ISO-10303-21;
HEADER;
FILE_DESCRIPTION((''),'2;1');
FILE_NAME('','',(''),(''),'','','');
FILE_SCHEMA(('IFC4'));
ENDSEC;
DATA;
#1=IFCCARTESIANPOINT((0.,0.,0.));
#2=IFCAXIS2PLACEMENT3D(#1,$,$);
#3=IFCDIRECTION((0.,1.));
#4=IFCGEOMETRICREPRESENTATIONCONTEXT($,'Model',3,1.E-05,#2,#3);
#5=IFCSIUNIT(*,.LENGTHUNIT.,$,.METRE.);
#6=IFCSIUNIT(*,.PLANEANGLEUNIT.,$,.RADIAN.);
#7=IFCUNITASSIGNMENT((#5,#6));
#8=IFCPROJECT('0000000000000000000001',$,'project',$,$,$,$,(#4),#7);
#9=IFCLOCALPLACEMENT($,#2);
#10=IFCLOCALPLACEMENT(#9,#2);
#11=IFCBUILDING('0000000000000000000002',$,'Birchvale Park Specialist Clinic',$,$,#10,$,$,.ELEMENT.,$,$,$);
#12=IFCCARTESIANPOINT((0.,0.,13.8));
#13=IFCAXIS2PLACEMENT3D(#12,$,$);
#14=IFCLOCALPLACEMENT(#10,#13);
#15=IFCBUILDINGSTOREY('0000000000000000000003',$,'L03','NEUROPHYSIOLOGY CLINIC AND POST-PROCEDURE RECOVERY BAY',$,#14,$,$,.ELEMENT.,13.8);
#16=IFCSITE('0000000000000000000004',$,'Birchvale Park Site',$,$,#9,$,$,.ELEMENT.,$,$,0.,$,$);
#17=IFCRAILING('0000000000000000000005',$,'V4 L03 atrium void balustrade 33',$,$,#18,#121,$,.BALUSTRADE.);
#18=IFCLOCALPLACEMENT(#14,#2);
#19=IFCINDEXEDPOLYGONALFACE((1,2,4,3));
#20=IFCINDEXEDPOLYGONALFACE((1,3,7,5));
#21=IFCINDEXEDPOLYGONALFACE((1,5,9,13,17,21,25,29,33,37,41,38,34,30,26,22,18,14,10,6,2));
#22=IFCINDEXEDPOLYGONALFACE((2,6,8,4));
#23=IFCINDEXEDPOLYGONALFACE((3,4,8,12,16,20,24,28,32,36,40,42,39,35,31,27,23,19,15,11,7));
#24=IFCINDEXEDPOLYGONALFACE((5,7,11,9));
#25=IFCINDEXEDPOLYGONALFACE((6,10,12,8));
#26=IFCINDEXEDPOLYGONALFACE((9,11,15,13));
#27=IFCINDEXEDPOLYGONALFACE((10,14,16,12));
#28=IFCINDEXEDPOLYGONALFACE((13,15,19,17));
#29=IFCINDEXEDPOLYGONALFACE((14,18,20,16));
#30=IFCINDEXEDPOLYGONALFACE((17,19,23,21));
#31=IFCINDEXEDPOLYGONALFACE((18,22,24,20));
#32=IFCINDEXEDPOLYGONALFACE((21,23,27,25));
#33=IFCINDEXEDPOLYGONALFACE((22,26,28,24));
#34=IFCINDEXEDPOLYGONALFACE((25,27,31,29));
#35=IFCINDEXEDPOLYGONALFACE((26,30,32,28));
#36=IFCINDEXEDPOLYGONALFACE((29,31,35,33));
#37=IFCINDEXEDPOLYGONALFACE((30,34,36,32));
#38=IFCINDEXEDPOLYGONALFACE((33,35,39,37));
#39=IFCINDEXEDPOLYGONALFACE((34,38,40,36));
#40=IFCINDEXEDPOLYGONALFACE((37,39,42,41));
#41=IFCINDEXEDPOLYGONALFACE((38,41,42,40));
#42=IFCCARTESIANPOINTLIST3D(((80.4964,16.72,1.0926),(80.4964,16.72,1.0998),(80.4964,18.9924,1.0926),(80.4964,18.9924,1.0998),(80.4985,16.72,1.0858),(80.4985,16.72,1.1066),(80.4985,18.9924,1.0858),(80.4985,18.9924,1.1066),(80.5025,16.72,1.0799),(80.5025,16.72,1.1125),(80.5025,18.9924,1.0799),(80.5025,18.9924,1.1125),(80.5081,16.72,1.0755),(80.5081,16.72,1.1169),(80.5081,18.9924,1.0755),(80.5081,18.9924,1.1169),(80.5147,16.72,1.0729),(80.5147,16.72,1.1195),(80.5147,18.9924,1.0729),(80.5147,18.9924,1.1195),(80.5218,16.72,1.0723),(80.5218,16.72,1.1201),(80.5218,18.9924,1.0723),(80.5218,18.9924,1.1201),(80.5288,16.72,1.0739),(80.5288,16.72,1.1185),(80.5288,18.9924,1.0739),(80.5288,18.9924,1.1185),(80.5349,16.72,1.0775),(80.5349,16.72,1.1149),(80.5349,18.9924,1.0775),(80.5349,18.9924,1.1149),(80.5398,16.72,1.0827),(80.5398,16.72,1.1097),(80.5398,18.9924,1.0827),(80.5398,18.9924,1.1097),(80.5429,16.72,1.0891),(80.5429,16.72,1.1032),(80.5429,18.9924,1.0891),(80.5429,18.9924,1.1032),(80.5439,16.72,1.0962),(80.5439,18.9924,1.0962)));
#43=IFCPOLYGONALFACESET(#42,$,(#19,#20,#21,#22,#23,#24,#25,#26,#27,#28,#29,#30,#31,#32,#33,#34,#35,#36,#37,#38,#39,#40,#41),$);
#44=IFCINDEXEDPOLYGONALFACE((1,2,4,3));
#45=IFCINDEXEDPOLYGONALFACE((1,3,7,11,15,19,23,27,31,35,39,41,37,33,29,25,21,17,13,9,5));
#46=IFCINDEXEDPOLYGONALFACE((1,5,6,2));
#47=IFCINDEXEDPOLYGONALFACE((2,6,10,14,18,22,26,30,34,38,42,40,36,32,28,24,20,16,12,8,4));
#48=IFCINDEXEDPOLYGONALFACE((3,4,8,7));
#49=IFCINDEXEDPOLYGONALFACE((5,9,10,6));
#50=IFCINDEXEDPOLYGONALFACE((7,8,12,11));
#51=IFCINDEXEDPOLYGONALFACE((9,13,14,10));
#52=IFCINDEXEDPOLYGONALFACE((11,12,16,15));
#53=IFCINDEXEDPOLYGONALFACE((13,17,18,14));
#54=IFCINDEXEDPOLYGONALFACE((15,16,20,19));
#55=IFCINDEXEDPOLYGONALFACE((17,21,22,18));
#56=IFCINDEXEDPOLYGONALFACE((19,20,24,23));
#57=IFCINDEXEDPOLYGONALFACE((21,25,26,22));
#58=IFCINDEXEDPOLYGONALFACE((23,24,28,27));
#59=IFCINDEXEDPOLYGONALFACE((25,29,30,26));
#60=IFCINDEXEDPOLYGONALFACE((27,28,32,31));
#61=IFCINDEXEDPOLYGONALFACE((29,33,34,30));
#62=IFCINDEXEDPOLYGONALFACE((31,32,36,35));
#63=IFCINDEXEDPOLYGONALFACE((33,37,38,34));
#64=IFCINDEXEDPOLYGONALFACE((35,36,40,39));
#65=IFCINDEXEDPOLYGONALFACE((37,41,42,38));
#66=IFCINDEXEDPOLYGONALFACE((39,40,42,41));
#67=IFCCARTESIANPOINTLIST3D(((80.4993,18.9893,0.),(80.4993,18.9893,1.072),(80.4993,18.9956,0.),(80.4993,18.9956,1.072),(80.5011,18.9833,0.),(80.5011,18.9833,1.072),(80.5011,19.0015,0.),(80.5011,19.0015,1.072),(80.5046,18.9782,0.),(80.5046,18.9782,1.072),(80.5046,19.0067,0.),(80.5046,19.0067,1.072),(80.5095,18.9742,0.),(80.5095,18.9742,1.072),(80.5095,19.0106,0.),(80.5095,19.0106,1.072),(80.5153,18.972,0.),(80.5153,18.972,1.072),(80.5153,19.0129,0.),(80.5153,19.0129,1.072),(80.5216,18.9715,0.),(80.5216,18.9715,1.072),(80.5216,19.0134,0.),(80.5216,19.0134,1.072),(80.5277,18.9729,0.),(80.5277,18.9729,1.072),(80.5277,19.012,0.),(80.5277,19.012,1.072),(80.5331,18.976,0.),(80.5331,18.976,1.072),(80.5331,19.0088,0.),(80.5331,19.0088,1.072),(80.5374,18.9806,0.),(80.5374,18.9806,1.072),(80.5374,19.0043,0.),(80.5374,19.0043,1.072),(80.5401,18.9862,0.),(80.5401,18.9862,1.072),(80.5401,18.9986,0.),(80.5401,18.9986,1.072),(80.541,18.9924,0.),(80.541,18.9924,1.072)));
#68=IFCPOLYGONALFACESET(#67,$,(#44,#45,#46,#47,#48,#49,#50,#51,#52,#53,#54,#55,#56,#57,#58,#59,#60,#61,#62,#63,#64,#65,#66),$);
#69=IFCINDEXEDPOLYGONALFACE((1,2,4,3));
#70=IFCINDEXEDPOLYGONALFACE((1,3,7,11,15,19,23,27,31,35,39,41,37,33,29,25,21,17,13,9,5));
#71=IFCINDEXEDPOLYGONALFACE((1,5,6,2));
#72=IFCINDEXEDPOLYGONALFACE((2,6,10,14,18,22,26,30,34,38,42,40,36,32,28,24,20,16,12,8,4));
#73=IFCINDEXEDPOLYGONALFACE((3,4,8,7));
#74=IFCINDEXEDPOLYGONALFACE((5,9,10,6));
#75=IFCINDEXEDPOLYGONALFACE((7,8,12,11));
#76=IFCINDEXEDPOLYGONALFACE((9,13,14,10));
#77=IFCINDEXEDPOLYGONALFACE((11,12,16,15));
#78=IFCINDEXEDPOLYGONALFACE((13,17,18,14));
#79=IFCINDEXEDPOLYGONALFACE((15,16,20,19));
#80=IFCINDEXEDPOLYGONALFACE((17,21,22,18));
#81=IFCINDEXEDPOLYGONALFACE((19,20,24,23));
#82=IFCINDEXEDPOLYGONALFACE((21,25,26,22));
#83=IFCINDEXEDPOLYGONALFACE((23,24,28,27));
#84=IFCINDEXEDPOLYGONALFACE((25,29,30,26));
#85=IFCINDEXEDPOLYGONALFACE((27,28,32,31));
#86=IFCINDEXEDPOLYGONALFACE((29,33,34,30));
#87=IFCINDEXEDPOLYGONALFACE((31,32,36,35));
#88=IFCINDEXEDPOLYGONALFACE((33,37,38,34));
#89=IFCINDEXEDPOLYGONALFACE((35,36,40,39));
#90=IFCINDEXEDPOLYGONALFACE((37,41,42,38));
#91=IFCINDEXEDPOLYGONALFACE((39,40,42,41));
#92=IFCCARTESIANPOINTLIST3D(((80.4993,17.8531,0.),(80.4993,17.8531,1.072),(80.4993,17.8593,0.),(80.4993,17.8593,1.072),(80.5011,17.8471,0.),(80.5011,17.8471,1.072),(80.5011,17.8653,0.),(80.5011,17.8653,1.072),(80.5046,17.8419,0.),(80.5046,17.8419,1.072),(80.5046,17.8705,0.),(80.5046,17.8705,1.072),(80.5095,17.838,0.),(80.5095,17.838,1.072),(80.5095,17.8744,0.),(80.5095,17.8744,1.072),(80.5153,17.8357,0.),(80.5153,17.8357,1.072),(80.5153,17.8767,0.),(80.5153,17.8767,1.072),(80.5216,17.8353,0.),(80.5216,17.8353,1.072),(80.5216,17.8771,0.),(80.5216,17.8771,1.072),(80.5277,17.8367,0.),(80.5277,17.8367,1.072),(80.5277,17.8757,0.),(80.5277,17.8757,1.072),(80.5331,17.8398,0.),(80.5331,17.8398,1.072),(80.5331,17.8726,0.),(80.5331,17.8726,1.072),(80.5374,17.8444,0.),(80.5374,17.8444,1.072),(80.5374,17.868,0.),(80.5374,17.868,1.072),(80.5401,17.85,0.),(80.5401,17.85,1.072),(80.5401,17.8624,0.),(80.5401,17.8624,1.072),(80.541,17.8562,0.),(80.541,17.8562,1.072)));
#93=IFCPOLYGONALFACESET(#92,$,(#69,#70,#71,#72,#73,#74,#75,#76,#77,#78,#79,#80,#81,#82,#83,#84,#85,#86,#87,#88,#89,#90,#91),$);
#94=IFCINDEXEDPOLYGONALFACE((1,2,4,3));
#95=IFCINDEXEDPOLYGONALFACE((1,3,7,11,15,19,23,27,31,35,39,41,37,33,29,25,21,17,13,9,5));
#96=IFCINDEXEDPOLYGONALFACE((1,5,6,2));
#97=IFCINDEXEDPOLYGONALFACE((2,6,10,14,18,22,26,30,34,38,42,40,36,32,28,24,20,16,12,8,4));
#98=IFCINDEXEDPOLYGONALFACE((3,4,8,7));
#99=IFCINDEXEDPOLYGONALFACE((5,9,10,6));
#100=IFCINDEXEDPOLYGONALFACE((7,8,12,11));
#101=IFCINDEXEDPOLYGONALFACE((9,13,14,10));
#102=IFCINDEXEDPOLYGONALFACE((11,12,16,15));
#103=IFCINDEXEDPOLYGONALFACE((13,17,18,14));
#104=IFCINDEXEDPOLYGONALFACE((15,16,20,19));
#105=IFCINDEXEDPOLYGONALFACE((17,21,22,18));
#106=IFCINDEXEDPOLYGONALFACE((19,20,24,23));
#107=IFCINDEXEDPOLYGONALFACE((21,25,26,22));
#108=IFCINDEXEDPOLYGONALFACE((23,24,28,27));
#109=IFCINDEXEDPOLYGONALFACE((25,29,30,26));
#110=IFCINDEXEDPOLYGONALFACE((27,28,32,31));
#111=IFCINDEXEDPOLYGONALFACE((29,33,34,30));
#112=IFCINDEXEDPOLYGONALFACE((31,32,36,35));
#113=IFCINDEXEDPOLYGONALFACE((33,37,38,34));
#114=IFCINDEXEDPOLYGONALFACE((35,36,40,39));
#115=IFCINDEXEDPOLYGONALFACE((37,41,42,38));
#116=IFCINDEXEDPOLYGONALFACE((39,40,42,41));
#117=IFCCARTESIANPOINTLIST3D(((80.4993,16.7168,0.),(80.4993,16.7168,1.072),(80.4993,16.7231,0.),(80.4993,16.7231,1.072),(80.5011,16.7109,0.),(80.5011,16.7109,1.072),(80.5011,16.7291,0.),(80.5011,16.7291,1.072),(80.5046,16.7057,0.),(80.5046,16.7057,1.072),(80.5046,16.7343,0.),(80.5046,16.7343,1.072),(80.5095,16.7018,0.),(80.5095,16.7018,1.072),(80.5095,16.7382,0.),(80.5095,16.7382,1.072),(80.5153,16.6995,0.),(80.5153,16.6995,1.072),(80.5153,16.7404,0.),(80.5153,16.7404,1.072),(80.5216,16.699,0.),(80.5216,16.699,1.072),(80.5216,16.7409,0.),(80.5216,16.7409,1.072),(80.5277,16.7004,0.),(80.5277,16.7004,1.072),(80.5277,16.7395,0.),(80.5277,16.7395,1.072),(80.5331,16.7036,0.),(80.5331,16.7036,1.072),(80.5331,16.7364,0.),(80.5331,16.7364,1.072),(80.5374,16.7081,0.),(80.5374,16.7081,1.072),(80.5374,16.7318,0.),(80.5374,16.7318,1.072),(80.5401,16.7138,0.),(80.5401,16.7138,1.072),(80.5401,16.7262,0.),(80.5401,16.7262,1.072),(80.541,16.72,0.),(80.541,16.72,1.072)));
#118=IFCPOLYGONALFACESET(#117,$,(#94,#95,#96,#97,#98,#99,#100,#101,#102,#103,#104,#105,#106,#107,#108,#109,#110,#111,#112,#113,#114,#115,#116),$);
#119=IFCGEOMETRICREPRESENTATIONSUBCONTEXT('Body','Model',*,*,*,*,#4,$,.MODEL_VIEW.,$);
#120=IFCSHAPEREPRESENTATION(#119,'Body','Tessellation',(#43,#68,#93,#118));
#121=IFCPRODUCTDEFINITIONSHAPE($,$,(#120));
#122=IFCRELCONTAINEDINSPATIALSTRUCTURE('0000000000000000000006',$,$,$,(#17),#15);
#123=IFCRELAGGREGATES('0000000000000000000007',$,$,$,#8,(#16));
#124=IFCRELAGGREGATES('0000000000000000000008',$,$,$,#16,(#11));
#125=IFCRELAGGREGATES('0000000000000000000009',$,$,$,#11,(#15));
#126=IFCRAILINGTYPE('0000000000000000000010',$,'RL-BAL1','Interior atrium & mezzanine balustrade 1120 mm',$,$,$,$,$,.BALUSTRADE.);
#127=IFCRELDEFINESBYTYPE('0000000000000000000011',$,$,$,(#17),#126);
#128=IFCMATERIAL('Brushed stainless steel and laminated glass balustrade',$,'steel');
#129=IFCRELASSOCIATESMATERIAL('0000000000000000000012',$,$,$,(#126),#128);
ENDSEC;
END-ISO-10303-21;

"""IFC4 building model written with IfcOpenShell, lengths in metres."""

from ifc_helpers import new_model, si_unit, direction, frame, origin, origin_2d, place, context, subcontext, project, spatial, circle, extrude, material, type_object, element, save


model = new_model("IFC4")

# Units and contexts
model_context = context("Model", 3, precision=1e-05, world=origin(), true_north=direction((0.0, 1.0)))
body_context = subcontext(model_context, "Body", "Model", "MODEL_VIEW")
ifc_project = project(units=[si_unit("LENGTHUNIT", "METRE"), si_unit("PLANEANGLEUNIT", "RADIAN")], contexts=[model_context])

# Site, building, storey
site_placement = place(None, origin())
site = spatial("IfcSite", under=ifc_project, at=site_placement, Name="Birchvale Park Site", CompositionType="ELEMENT", RefElevation=0.0)
building_placement = place(site_placement, origin())
building = spatial("IfcBuilding", under=site, at=building_placement, Name="Birchvale Park Specialist Clinic", CompositionType="ELEMENT")
storey_placement = place(building_placement, frame((0.0, 0.0, 13.8)))
storey = spatial("IfcBuildingStorey", under=building, at=storey_placement, Name="L03", Description="NEUROPHYSIOLOGY CLINIC AND POST-PROCEDURE RECOVERY BAY", CompositionType="ELEMENT", Elevation=13.8)

# Railing
ifc_material_1 = material(Name="Brushed stainless steel and laminated glass balustrade", Category="steel")
railing_type = type_object("IfcRailingType", Name="RL-BAL1", Description="Interior atrium & mezzanine balustrade 1120 mm", PredefinedType="BALUSTRADE", material=ifc_material_1)
railing_1_placement = place(storey_placement, frame((80.52, 18.9924, 0.0)))
element("IfcRailing", 1, at=railing_1_placement, inside=storey, type_object=railing_type, Name="V4 L03 atrium void balustrade 33", PredefinedType="BALUSTRADE", context=body_context, shape_type="SweptSolid", body=[
    extrude(circle(Radius=0.0239, at=origin_2d()), frame((0.0, 0.0, 1.0962), z_axis=(0.0, -1.0, 0.0), x_axis=(1.0, 0.0, 0.0)), (0.0, 0.0, 1.0), 2.2725),
    extrude(circle(Radius=0.021, at=origin_2d()), origin(), (0.0, 0.0, 1.0), 1.072),
    extrude(circle(Radius=0.021, at=origin_2d()), frame((0.0, -1.1362, 0.0)), (0.0, 0.0, 1.0), 1.072),
    extrude(circle(Radius=0.021, at=origin_2d()), frame((0.0, -2.2725, 0.0)), (0.0, 0.0, 1.0), 1.072),
])

save(model, "model.ifc")
